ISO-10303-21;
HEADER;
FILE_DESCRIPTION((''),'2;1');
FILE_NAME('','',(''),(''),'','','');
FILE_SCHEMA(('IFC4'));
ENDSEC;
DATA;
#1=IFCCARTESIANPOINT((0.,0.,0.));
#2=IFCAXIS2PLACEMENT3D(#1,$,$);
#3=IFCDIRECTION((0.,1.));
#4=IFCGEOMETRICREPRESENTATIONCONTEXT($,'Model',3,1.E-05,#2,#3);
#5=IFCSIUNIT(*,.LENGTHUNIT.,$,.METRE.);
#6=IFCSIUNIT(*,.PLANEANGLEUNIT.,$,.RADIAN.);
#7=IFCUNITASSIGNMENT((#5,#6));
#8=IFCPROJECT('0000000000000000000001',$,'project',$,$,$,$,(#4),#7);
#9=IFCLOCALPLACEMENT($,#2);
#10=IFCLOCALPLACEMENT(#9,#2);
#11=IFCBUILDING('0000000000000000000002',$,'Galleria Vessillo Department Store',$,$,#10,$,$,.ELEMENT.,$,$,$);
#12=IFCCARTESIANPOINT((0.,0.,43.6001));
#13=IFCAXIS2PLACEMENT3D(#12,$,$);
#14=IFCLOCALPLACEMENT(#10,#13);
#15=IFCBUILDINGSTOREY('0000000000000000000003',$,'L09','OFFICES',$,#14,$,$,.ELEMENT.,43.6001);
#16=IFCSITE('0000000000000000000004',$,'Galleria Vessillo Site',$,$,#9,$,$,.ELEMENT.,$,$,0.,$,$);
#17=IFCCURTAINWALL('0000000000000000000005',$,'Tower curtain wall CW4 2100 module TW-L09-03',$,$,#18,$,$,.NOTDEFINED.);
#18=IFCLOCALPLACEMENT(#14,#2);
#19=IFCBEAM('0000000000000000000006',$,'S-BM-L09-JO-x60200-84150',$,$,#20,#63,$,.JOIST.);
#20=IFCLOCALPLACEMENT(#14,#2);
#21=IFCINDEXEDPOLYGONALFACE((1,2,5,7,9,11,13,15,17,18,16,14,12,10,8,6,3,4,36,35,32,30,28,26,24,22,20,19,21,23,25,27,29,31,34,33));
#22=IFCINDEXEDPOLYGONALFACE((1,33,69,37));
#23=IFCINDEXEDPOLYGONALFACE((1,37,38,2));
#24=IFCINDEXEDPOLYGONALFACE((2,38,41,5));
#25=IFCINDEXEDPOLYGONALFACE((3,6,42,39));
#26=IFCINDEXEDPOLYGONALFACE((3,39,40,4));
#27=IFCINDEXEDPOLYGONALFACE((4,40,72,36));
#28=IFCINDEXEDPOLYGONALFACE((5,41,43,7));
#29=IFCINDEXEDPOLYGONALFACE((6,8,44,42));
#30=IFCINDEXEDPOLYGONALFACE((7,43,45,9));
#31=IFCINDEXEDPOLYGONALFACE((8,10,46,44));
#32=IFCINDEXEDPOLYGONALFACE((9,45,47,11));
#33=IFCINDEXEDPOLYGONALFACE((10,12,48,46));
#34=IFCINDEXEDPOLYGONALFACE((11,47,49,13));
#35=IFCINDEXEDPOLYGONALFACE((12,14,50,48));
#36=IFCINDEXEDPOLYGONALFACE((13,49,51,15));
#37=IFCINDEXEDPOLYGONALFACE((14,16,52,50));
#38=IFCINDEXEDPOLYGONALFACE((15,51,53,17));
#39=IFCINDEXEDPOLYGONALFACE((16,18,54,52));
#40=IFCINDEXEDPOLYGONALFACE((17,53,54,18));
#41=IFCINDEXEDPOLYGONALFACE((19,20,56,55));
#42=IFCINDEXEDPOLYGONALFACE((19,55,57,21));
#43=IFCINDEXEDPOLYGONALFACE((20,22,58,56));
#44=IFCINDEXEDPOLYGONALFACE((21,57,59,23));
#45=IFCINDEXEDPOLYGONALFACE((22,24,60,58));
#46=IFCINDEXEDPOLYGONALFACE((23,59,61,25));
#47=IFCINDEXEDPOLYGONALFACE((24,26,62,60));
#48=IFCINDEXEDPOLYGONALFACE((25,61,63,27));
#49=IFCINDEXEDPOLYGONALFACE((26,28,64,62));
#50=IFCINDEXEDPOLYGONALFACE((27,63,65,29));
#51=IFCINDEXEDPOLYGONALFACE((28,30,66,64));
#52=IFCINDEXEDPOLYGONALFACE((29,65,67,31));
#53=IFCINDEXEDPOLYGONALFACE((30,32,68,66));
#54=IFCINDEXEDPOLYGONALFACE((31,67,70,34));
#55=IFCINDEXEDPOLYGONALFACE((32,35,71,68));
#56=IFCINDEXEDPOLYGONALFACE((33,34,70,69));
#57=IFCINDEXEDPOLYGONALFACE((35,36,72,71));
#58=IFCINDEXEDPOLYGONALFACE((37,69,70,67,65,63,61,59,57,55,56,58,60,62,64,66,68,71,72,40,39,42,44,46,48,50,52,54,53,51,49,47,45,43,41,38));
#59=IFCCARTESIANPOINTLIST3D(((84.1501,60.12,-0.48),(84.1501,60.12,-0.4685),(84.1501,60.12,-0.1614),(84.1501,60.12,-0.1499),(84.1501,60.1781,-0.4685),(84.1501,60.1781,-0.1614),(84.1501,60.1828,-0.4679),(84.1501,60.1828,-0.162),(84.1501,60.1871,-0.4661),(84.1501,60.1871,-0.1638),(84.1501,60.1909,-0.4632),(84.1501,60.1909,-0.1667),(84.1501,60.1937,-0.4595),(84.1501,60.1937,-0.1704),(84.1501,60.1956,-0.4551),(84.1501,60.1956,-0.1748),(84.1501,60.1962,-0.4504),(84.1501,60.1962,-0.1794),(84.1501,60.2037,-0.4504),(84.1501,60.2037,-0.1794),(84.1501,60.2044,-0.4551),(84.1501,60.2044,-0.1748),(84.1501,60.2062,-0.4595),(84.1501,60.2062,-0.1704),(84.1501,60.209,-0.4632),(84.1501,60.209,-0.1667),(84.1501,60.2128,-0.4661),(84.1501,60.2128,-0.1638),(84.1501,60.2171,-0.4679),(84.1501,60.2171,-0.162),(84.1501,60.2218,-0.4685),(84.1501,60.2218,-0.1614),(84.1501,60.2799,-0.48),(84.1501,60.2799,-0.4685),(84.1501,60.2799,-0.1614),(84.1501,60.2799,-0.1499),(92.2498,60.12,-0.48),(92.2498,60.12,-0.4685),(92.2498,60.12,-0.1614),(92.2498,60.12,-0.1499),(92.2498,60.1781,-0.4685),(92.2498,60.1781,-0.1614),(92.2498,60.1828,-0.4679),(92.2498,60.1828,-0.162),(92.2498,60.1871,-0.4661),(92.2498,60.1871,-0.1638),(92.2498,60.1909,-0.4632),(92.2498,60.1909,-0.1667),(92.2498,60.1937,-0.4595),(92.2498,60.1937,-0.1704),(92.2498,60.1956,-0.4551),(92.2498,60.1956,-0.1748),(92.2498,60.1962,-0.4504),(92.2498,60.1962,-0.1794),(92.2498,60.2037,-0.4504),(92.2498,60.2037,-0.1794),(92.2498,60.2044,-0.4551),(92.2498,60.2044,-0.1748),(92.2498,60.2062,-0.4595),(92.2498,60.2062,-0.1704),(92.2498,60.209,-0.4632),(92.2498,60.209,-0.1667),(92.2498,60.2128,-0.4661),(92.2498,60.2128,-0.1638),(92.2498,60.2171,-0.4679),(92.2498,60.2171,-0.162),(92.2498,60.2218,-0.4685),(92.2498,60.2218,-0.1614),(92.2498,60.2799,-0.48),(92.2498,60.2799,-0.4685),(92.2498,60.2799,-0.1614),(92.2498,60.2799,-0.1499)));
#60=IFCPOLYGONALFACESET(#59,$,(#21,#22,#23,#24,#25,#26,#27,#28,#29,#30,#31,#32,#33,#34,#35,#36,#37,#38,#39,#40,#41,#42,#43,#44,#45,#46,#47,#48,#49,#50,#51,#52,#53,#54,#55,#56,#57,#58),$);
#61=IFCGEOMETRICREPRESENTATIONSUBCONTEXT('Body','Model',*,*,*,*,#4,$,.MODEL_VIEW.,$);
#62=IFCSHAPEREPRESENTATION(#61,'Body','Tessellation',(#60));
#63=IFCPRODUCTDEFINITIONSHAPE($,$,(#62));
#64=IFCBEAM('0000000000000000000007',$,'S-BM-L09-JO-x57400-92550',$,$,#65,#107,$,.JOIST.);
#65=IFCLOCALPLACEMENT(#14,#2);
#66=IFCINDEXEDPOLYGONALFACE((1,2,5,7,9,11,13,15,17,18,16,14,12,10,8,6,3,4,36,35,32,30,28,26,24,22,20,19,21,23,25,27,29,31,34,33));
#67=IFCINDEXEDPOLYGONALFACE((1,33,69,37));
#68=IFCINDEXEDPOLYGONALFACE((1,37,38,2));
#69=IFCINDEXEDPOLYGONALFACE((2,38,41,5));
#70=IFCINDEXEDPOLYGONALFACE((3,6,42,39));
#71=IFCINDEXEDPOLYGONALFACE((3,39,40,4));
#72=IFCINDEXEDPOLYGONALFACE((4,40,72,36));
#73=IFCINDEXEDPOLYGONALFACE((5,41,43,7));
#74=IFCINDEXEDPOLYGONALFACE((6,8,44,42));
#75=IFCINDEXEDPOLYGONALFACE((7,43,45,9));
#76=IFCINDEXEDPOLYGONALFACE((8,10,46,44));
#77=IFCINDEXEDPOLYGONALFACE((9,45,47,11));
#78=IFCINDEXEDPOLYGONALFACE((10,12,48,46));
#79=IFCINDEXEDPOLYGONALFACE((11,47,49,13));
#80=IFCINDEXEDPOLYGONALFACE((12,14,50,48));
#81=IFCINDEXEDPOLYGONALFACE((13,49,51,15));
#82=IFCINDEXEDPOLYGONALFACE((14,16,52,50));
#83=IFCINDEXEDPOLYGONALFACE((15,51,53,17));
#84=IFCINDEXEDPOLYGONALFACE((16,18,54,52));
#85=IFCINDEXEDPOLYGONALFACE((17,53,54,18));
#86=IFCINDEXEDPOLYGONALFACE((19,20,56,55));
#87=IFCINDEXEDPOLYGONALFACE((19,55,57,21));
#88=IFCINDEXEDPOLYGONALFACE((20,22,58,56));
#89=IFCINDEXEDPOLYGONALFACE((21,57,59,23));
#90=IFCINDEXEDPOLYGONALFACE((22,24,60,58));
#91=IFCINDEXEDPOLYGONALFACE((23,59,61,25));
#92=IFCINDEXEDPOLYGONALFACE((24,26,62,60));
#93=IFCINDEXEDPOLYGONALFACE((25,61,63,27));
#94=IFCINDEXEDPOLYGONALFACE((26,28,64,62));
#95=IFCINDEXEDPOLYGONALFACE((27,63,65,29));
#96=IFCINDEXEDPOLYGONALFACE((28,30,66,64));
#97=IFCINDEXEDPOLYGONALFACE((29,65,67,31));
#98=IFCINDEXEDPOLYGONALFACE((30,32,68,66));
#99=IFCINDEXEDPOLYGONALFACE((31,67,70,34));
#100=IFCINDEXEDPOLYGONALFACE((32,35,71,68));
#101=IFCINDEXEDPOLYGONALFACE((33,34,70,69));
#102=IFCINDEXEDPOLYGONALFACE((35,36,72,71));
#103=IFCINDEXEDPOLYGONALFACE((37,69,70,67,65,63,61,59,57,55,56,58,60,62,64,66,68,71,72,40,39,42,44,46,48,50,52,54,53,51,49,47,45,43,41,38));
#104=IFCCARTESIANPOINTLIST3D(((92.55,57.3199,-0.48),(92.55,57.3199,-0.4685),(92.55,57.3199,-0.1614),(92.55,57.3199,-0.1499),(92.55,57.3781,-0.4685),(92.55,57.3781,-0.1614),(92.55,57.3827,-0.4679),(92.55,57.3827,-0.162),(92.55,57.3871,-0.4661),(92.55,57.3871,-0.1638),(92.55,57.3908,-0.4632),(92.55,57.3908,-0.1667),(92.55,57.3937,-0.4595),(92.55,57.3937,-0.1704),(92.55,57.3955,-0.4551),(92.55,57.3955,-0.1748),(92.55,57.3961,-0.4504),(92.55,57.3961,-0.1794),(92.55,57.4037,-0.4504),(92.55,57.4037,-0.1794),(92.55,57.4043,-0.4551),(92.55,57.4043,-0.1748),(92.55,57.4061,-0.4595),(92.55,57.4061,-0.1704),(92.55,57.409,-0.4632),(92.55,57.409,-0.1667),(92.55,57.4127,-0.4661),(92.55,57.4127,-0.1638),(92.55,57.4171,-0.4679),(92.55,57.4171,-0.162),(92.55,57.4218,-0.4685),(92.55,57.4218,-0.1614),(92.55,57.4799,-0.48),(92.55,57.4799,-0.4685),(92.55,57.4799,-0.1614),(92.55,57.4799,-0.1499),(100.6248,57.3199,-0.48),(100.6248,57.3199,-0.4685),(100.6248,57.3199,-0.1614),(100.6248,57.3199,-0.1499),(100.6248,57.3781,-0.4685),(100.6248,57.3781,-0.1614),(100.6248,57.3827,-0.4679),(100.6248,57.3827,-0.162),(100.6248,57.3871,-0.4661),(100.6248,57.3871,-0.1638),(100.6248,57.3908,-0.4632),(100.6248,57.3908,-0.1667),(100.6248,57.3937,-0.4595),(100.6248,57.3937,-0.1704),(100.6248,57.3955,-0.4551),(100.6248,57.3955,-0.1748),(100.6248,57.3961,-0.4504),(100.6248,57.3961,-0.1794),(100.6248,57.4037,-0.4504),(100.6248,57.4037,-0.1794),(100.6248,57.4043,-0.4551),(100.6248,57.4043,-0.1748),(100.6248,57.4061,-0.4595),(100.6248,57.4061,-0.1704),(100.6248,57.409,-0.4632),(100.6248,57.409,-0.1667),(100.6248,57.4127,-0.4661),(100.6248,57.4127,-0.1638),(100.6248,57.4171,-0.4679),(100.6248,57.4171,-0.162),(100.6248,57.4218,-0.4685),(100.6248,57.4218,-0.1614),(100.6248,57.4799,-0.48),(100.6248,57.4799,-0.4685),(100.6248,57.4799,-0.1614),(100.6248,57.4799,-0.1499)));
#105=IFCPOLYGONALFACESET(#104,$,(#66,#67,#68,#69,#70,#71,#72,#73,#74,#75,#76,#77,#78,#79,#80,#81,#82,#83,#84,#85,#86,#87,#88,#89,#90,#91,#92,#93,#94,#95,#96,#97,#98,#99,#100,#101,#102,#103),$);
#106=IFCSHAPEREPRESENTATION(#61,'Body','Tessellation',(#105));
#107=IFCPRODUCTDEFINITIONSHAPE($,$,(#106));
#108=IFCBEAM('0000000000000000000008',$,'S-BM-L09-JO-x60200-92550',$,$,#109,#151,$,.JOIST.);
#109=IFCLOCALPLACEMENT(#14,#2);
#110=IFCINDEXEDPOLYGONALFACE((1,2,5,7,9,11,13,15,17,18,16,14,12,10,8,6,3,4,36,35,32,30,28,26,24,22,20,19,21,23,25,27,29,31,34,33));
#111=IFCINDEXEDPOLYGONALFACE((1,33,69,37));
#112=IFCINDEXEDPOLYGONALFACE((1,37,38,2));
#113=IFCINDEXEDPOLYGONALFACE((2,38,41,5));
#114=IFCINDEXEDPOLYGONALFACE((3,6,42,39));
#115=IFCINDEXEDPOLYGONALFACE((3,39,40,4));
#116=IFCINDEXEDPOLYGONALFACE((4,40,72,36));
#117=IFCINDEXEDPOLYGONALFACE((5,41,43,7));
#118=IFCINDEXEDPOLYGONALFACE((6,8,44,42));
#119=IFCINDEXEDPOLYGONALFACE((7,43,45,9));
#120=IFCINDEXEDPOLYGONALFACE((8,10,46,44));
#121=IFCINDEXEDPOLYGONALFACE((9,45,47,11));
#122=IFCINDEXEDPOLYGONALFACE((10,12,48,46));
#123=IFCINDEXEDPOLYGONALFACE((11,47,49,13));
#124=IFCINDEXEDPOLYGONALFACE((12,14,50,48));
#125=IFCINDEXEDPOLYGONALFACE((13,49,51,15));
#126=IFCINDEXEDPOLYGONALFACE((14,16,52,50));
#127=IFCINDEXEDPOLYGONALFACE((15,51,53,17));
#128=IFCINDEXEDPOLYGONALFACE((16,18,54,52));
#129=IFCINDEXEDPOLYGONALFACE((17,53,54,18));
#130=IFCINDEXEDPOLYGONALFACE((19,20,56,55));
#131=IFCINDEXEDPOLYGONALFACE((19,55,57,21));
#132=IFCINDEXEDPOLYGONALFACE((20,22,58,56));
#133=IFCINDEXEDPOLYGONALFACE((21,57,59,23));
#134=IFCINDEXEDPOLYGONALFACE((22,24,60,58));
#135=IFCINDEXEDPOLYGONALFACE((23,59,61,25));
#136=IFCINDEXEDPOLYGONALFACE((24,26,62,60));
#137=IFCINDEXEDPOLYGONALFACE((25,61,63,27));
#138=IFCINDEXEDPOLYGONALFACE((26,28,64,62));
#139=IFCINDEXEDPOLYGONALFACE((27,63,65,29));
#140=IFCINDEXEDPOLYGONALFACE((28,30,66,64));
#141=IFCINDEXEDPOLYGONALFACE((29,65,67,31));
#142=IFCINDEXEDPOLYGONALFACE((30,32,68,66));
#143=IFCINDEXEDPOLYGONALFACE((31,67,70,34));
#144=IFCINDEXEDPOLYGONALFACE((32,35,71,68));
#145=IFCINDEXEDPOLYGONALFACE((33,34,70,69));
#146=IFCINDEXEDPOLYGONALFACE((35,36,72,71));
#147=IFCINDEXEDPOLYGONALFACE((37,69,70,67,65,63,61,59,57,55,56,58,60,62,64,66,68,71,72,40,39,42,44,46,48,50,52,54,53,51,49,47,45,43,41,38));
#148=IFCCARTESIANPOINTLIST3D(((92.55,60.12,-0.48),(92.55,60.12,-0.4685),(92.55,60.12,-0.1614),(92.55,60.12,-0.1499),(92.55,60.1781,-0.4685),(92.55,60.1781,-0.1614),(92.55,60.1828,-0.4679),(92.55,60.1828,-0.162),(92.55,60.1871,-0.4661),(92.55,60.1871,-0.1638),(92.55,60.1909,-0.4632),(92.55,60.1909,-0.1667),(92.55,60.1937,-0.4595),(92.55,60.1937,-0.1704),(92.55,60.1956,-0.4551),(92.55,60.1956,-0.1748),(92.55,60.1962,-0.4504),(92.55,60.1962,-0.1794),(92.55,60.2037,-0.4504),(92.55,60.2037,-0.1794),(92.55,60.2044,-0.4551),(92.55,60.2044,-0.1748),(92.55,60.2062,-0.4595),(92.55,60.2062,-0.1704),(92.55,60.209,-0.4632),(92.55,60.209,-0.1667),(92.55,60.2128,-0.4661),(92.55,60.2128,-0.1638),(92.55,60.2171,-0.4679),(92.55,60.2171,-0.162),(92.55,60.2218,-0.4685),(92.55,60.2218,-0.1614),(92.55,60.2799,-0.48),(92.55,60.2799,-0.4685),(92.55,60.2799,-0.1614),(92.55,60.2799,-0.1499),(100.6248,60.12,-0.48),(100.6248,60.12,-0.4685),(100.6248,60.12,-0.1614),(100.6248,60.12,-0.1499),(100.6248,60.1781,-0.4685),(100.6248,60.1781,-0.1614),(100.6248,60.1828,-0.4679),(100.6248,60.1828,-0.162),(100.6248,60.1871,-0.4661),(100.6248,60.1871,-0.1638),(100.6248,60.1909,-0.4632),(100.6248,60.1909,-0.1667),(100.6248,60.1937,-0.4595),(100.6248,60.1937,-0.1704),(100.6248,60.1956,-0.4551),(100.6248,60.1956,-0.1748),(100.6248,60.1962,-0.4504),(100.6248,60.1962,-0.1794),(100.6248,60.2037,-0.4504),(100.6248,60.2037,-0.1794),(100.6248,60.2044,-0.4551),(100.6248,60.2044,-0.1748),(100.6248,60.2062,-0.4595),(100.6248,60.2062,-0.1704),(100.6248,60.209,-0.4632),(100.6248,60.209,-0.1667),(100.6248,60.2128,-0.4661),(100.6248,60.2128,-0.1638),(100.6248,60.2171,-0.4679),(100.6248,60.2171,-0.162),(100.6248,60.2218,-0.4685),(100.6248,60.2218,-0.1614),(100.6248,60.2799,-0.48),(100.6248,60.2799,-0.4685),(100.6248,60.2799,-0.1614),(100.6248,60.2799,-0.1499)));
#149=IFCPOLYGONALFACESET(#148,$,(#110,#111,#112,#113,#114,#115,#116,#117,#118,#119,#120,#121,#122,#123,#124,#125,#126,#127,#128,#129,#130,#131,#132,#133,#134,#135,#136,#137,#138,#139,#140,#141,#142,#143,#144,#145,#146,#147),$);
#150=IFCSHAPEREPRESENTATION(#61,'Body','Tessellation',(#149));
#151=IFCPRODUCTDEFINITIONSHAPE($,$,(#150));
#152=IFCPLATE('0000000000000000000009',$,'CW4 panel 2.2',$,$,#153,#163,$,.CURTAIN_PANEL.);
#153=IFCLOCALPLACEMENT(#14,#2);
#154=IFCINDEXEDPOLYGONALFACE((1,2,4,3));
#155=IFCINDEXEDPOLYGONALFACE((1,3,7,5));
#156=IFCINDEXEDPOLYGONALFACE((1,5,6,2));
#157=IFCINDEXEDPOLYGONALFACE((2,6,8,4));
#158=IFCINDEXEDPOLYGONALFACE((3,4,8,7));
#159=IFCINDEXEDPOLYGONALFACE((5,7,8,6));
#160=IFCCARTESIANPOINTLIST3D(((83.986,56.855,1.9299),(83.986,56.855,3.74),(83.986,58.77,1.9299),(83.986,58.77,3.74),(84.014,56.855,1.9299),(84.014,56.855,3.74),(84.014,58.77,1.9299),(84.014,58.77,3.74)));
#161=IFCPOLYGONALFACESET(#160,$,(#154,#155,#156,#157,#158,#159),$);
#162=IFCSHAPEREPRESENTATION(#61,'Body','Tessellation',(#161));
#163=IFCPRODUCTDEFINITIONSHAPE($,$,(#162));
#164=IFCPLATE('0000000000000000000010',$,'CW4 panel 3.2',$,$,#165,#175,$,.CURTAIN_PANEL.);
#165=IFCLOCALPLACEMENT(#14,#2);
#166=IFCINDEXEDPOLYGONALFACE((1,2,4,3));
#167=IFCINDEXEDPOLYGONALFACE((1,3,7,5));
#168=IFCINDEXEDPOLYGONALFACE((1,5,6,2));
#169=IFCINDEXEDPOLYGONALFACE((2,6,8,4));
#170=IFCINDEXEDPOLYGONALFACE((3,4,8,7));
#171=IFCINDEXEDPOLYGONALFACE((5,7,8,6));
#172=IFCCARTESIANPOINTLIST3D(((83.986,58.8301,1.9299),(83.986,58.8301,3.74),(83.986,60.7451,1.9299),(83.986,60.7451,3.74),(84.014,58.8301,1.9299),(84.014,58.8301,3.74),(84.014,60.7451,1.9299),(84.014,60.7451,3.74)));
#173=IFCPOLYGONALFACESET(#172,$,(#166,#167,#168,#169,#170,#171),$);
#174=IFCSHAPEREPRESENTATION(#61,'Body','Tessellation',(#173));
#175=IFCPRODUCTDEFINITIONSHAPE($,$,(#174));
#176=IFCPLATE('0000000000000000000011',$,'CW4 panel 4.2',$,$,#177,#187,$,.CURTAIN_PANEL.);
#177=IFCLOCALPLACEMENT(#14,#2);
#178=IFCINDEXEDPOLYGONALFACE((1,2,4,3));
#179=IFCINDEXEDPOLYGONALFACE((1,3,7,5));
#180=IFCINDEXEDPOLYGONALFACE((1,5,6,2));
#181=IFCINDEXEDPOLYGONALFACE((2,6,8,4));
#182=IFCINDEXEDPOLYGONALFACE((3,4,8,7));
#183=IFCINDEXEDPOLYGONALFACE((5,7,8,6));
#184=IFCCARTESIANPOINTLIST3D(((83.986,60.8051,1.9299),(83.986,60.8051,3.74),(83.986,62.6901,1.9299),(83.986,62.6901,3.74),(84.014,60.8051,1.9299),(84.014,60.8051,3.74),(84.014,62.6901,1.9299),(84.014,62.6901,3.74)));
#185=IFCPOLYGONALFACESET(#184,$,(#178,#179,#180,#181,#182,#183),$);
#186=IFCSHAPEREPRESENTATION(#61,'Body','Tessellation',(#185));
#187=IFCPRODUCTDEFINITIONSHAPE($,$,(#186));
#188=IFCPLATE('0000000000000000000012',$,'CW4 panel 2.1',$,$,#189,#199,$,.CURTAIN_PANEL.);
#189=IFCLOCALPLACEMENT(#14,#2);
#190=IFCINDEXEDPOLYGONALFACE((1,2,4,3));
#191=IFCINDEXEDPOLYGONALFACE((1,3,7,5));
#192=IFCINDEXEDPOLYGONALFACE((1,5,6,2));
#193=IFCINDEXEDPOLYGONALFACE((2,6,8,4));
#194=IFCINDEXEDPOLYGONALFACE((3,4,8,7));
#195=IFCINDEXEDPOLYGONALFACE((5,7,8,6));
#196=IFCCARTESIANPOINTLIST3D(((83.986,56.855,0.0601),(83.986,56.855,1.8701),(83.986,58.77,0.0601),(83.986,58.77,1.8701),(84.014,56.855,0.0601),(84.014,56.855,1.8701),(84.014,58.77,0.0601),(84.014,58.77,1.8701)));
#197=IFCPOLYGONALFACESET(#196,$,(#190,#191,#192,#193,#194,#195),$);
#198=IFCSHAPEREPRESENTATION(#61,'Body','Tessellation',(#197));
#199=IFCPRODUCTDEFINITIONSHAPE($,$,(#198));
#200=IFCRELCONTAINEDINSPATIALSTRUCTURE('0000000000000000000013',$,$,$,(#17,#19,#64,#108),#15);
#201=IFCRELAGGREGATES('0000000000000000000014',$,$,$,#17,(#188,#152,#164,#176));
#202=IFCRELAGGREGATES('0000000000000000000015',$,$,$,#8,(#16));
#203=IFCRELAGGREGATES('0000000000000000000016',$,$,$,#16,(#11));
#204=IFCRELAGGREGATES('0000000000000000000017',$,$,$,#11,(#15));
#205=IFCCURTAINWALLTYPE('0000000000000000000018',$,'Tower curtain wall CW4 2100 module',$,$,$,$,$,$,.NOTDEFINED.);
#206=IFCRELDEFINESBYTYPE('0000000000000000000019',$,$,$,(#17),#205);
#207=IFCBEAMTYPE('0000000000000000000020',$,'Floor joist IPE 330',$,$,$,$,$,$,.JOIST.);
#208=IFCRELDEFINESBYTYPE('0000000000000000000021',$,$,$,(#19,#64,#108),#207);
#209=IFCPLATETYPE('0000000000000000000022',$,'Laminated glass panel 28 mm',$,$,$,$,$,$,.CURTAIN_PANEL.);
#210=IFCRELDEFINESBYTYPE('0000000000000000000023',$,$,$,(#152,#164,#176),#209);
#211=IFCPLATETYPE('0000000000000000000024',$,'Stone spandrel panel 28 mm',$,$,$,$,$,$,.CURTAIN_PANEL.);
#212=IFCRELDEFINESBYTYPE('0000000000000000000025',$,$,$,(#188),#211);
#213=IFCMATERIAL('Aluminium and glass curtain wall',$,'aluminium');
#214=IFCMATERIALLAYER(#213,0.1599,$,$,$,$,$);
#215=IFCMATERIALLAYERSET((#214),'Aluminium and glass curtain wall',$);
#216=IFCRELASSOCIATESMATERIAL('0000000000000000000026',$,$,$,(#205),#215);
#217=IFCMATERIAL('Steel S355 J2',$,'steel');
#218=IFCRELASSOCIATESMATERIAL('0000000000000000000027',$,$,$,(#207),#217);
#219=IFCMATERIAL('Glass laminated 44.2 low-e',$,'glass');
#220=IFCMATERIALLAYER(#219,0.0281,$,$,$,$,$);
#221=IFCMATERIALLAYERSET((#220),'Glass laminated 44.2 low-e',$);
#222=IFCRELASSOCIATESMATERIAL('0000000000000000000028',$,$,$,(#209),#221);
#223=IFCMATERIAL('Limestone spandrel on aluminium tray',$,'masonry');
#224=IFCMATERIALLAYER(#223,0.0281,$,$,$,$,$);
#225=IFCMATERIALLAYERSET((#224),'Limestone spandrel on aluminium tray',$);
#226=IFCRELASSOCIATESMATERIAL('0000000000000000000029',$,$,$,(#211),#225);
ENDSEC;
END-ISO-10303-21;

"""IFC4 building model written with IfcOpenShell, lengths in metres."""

from ifc_helpers import new_model, si_unit, direction, frame, origin, origin_2d, place, context, subcontext, project, spatial, rectangle, i_section, extrude, material, layer, layer_set, material_profile, profile_set, type_object, element, aggregate, save


model = new_model("IFC4")

# Units and contexts
model_context = context("Model", 3, precision=1e-05, world=origin(), true_north=direction((0.0, 1.0)))
body_context = subcontext(model_context, "Body", "Model", "MODEL_VIEW")
ifc_project = project(units=[si_unit("LENGTHUNIT", "METRE"), si_unit("PLANEANGLEUNIT", "RADIAN")], contexts=[model_context])

# Site, building, storey
site_placement = place(None, origin())
site = spatial("IfcSite", under=ifc_project, at=site_placement, Name="Galleria Vessillo Site", CompositionType="ELEMENT", RefElevation=0.0)
building_placement = place(site_placement, origin())
building = spatial("IfcBuilding", under=site, at=building_placement, Name="Galleria Vessillo Department Store", CompositionType="ELEMENT")
storey_placement = place(building_placement, frame((0.0, 0.0, 43.6001)))
storey = spatial("IfcBuildingStorey", under=building, at=storey_placement, Name="L09", Description="OFFICES", CompositionType="ELEMENT", Elevation=43.6001)

# Curtain wall
ifc_material_1 = material(Name="Aluminium and glass curtain wall", Category="aluminium")
ifc_layer_1 = layer(ifc_material_1, 0.1599)
ifc_layer_set_1 = layer_set([ifc_layer_1], Name="Aluminium and glass curtain wall")
curtain_wall_type = type_object("IfcCurtainWallType", Name="Tower curtain wall CW4 2100 module", PredefinedType="NOTDEFINED", material=ifc_layer_set_1)
curtain_wall_placement = place(storey_placement, origin())
curtain_wall = element("IfcCurtainWall", 1, at=curtain_wall_placement, inside=storey, type_object=curtain_wall_type, Name="Tower curtain wall CW4 2100 module TW-L09-03", PredefinedType="NOTDEFINED")

# Beams
ifc_material_2 = material(Name="Steel S355 J2", Category="steel")
ifc_material_profile_1 = material_profile(ifc_material_2, i_section(OverallWidth=0.1599, OverallDepth=0.3301, WebThickness=0.0076, FlangeThickness=0.0115, FilletRadius=0.0181, at=origin_2d()), Name="IPE 330")
ifc_profile_set_1 = profile_set([ifc_material_profile_1], Name="Steel S355 J2")
beam_type = type_object("IfcBeamType", Name="Floor joist IPE 330", PredefinedType="JOIST", material=ifc_profile_set_1)
for number, where, z_axis, x_axis, name in (
    (2, (84.1501, 60.2, -0.3149), (1.0, 0.0, 0.0), (0.0, 1.0, 0.0), "S-BM-L09-JO-x60200-84150"),
):
    element("IfcBeam", number, at=place(storey_placement, frame(where, z_axis=z_axis, x_axis=x_axis)), inside=storey, type_object=beam_type, Name=name, PredefinedType="JOIST", context=body_context, shape_type="SweptSolid", body=[
        extrude(i_section(OverallWidth=0.1599, OverallDepth=0.3301, WebThickness=0.0076, FlangeThickness=0.0115, FilletRadius=0.0181, at=origin_2d()), origin(), (0.0, 0.0, 1.0), 8.0996),
    ])
for number, where, z_axis, x_axis, name in (
    (3, (92.55, 57.3999, -0.3149), (1.0, 0.0, 0.0), (0.0, 1.0, 0.0), "S-BM-L09-JO-x57400-92550"),
    (4, (92.55, 60.2, -0.3149), (1.0, 0.0, 0.0), (0.0, 1.0, 0.0), "S-BM-L09-JO-x60200-92550"),
):
    element("IfcBeam", number, at=place(storey_placement, frame(where, z_axis=z_axis, x_axis=x_axis)), inside=storey, type_object=beam_type, Name=name, PredefinedType="JOIST", context=body_context, shape_type="SweptSolid", body=[
        extrude(i_section(OverallWidth=0.1599, OverallDepth=0.3301, WebThickness=0.0076, FlangeThickness=0.0115, FilletRadius=0.0181, at=origin_2d()), origin(), (0.0, 0.0, 1.0), 8.0747),
    ])

# Plates
ifc_material_3 = material(Name="Glass laminated 44.2 low-e", Category="glass")
ifc_layer_2 = layer(ifc_material_3, 0.0281)
ifc_layer_set_2 = layer_set([ifc_layer_2], Name="Glass laminated 44.2 low-e")
plate_type_1 = type_object("IfcPlateType", Name="Laminated glass panel 28 mm", PredefinedType="CURTAIN_PANEL", material=ifc_layer_set_2)
plate_1_placement = place(storey_placement, frame((84.0, 57.8125, 1.9299), z_axis=(0.0, 0.0, 1.0), x_axis=(0.0, 1.0, 0.0)))
plate_1 = element("IfcPlate", 5, at=plate_1_placement, type_object=plate_type_1, Name="CW4 panel 2.2", PredefinedType="CURTAIN_PANEL", context=body_context, shape_type="SweptSolid", body=[
    extrude(rectangle(XDim=1.915, YDim=0.0281, at=origin_2d()), origin(), (0.0, 0.0, 1.0), 1.8101),
])
plate_2_placement = place(storey_placement, frame((84.0, 59.7876, 1.9299), z_axis=(0.0, 0.0, 1.0), x_axis=(0.0, 1.0, 0.0)))
plate_2 = element("IfcPlate", 6, at=plate_2_placement, type_object=plate_type_1, Name="CW4 panel 3.2", PredefinedType="CURTAIN_PANEL", context=body_context, shape_type="SweptSolid", body=[
    extrude(rectangle(XDim=1.915, YDim=0.0281, at=origin_2d()), origin(), (0.0, 0.0, 1.0), 1.8101),
])
plate_3_placement = place(storey_placement, frame((84.0, 61.7476, 1.9299), z_axis=(0.0, 0.0, 1.0), x_axis=(0.0, 1.0, 0.0)))
plate_3 = element("IfcPlate", 7, at=plate_3_placement, type_object=plate_type_1, Name="CW4 panel 4.2", PredefinedType="CURTAIN_PANEL", context=body_context, shape_type="SweptSolid", body=[
    extrude(rectangle(XDim=1.885, YDim=0.0281, at=origin_2d()), origin(), (0.0, 0.0, 1.0), 1.8101),
])
ifc_material_4 = material(Name="Limestone spandrel on aluminium tray", Category="masonry")
ifc_layer_3 = layer(ifc_material_4, 0.0281)
ifc_layer_set_3 = layer_set([ifc_layer_3], Name="Limestone spandrel on aluminium tray")
plate_type_2 = type_object("IfcPlateType", Name="Stone spandrel panel 28 mm", PredefinedType="CURTAIN_PANEL", material=ifc_layer_set_3)
plate_4_placement = place(storey_placement, frame((84.0, 57.8125, 0.0601), z_axis=(0.0, 0.0, 1.0), x_axis=(0.0, 1.0, 0.0)))
plate_4 = element("IfcPlate", 8, at=plate_4_placement, type_object=plate_type_2, Name="CW4 panel 2.1", PredefinedType="CURTAIN_PANEL", context=body_context, shape_type="SweptSolid", body=[
    extrude(rectangle(XDim=1.915, YDim=0.0281, at=origin_2d()), origin(), (0.0, 0.0, 1.0), 1.8101),
])
aggregate(curtain_wall, [plate_4, plate_1, plate_2, plate_3])

save(model, "model.ifc")
